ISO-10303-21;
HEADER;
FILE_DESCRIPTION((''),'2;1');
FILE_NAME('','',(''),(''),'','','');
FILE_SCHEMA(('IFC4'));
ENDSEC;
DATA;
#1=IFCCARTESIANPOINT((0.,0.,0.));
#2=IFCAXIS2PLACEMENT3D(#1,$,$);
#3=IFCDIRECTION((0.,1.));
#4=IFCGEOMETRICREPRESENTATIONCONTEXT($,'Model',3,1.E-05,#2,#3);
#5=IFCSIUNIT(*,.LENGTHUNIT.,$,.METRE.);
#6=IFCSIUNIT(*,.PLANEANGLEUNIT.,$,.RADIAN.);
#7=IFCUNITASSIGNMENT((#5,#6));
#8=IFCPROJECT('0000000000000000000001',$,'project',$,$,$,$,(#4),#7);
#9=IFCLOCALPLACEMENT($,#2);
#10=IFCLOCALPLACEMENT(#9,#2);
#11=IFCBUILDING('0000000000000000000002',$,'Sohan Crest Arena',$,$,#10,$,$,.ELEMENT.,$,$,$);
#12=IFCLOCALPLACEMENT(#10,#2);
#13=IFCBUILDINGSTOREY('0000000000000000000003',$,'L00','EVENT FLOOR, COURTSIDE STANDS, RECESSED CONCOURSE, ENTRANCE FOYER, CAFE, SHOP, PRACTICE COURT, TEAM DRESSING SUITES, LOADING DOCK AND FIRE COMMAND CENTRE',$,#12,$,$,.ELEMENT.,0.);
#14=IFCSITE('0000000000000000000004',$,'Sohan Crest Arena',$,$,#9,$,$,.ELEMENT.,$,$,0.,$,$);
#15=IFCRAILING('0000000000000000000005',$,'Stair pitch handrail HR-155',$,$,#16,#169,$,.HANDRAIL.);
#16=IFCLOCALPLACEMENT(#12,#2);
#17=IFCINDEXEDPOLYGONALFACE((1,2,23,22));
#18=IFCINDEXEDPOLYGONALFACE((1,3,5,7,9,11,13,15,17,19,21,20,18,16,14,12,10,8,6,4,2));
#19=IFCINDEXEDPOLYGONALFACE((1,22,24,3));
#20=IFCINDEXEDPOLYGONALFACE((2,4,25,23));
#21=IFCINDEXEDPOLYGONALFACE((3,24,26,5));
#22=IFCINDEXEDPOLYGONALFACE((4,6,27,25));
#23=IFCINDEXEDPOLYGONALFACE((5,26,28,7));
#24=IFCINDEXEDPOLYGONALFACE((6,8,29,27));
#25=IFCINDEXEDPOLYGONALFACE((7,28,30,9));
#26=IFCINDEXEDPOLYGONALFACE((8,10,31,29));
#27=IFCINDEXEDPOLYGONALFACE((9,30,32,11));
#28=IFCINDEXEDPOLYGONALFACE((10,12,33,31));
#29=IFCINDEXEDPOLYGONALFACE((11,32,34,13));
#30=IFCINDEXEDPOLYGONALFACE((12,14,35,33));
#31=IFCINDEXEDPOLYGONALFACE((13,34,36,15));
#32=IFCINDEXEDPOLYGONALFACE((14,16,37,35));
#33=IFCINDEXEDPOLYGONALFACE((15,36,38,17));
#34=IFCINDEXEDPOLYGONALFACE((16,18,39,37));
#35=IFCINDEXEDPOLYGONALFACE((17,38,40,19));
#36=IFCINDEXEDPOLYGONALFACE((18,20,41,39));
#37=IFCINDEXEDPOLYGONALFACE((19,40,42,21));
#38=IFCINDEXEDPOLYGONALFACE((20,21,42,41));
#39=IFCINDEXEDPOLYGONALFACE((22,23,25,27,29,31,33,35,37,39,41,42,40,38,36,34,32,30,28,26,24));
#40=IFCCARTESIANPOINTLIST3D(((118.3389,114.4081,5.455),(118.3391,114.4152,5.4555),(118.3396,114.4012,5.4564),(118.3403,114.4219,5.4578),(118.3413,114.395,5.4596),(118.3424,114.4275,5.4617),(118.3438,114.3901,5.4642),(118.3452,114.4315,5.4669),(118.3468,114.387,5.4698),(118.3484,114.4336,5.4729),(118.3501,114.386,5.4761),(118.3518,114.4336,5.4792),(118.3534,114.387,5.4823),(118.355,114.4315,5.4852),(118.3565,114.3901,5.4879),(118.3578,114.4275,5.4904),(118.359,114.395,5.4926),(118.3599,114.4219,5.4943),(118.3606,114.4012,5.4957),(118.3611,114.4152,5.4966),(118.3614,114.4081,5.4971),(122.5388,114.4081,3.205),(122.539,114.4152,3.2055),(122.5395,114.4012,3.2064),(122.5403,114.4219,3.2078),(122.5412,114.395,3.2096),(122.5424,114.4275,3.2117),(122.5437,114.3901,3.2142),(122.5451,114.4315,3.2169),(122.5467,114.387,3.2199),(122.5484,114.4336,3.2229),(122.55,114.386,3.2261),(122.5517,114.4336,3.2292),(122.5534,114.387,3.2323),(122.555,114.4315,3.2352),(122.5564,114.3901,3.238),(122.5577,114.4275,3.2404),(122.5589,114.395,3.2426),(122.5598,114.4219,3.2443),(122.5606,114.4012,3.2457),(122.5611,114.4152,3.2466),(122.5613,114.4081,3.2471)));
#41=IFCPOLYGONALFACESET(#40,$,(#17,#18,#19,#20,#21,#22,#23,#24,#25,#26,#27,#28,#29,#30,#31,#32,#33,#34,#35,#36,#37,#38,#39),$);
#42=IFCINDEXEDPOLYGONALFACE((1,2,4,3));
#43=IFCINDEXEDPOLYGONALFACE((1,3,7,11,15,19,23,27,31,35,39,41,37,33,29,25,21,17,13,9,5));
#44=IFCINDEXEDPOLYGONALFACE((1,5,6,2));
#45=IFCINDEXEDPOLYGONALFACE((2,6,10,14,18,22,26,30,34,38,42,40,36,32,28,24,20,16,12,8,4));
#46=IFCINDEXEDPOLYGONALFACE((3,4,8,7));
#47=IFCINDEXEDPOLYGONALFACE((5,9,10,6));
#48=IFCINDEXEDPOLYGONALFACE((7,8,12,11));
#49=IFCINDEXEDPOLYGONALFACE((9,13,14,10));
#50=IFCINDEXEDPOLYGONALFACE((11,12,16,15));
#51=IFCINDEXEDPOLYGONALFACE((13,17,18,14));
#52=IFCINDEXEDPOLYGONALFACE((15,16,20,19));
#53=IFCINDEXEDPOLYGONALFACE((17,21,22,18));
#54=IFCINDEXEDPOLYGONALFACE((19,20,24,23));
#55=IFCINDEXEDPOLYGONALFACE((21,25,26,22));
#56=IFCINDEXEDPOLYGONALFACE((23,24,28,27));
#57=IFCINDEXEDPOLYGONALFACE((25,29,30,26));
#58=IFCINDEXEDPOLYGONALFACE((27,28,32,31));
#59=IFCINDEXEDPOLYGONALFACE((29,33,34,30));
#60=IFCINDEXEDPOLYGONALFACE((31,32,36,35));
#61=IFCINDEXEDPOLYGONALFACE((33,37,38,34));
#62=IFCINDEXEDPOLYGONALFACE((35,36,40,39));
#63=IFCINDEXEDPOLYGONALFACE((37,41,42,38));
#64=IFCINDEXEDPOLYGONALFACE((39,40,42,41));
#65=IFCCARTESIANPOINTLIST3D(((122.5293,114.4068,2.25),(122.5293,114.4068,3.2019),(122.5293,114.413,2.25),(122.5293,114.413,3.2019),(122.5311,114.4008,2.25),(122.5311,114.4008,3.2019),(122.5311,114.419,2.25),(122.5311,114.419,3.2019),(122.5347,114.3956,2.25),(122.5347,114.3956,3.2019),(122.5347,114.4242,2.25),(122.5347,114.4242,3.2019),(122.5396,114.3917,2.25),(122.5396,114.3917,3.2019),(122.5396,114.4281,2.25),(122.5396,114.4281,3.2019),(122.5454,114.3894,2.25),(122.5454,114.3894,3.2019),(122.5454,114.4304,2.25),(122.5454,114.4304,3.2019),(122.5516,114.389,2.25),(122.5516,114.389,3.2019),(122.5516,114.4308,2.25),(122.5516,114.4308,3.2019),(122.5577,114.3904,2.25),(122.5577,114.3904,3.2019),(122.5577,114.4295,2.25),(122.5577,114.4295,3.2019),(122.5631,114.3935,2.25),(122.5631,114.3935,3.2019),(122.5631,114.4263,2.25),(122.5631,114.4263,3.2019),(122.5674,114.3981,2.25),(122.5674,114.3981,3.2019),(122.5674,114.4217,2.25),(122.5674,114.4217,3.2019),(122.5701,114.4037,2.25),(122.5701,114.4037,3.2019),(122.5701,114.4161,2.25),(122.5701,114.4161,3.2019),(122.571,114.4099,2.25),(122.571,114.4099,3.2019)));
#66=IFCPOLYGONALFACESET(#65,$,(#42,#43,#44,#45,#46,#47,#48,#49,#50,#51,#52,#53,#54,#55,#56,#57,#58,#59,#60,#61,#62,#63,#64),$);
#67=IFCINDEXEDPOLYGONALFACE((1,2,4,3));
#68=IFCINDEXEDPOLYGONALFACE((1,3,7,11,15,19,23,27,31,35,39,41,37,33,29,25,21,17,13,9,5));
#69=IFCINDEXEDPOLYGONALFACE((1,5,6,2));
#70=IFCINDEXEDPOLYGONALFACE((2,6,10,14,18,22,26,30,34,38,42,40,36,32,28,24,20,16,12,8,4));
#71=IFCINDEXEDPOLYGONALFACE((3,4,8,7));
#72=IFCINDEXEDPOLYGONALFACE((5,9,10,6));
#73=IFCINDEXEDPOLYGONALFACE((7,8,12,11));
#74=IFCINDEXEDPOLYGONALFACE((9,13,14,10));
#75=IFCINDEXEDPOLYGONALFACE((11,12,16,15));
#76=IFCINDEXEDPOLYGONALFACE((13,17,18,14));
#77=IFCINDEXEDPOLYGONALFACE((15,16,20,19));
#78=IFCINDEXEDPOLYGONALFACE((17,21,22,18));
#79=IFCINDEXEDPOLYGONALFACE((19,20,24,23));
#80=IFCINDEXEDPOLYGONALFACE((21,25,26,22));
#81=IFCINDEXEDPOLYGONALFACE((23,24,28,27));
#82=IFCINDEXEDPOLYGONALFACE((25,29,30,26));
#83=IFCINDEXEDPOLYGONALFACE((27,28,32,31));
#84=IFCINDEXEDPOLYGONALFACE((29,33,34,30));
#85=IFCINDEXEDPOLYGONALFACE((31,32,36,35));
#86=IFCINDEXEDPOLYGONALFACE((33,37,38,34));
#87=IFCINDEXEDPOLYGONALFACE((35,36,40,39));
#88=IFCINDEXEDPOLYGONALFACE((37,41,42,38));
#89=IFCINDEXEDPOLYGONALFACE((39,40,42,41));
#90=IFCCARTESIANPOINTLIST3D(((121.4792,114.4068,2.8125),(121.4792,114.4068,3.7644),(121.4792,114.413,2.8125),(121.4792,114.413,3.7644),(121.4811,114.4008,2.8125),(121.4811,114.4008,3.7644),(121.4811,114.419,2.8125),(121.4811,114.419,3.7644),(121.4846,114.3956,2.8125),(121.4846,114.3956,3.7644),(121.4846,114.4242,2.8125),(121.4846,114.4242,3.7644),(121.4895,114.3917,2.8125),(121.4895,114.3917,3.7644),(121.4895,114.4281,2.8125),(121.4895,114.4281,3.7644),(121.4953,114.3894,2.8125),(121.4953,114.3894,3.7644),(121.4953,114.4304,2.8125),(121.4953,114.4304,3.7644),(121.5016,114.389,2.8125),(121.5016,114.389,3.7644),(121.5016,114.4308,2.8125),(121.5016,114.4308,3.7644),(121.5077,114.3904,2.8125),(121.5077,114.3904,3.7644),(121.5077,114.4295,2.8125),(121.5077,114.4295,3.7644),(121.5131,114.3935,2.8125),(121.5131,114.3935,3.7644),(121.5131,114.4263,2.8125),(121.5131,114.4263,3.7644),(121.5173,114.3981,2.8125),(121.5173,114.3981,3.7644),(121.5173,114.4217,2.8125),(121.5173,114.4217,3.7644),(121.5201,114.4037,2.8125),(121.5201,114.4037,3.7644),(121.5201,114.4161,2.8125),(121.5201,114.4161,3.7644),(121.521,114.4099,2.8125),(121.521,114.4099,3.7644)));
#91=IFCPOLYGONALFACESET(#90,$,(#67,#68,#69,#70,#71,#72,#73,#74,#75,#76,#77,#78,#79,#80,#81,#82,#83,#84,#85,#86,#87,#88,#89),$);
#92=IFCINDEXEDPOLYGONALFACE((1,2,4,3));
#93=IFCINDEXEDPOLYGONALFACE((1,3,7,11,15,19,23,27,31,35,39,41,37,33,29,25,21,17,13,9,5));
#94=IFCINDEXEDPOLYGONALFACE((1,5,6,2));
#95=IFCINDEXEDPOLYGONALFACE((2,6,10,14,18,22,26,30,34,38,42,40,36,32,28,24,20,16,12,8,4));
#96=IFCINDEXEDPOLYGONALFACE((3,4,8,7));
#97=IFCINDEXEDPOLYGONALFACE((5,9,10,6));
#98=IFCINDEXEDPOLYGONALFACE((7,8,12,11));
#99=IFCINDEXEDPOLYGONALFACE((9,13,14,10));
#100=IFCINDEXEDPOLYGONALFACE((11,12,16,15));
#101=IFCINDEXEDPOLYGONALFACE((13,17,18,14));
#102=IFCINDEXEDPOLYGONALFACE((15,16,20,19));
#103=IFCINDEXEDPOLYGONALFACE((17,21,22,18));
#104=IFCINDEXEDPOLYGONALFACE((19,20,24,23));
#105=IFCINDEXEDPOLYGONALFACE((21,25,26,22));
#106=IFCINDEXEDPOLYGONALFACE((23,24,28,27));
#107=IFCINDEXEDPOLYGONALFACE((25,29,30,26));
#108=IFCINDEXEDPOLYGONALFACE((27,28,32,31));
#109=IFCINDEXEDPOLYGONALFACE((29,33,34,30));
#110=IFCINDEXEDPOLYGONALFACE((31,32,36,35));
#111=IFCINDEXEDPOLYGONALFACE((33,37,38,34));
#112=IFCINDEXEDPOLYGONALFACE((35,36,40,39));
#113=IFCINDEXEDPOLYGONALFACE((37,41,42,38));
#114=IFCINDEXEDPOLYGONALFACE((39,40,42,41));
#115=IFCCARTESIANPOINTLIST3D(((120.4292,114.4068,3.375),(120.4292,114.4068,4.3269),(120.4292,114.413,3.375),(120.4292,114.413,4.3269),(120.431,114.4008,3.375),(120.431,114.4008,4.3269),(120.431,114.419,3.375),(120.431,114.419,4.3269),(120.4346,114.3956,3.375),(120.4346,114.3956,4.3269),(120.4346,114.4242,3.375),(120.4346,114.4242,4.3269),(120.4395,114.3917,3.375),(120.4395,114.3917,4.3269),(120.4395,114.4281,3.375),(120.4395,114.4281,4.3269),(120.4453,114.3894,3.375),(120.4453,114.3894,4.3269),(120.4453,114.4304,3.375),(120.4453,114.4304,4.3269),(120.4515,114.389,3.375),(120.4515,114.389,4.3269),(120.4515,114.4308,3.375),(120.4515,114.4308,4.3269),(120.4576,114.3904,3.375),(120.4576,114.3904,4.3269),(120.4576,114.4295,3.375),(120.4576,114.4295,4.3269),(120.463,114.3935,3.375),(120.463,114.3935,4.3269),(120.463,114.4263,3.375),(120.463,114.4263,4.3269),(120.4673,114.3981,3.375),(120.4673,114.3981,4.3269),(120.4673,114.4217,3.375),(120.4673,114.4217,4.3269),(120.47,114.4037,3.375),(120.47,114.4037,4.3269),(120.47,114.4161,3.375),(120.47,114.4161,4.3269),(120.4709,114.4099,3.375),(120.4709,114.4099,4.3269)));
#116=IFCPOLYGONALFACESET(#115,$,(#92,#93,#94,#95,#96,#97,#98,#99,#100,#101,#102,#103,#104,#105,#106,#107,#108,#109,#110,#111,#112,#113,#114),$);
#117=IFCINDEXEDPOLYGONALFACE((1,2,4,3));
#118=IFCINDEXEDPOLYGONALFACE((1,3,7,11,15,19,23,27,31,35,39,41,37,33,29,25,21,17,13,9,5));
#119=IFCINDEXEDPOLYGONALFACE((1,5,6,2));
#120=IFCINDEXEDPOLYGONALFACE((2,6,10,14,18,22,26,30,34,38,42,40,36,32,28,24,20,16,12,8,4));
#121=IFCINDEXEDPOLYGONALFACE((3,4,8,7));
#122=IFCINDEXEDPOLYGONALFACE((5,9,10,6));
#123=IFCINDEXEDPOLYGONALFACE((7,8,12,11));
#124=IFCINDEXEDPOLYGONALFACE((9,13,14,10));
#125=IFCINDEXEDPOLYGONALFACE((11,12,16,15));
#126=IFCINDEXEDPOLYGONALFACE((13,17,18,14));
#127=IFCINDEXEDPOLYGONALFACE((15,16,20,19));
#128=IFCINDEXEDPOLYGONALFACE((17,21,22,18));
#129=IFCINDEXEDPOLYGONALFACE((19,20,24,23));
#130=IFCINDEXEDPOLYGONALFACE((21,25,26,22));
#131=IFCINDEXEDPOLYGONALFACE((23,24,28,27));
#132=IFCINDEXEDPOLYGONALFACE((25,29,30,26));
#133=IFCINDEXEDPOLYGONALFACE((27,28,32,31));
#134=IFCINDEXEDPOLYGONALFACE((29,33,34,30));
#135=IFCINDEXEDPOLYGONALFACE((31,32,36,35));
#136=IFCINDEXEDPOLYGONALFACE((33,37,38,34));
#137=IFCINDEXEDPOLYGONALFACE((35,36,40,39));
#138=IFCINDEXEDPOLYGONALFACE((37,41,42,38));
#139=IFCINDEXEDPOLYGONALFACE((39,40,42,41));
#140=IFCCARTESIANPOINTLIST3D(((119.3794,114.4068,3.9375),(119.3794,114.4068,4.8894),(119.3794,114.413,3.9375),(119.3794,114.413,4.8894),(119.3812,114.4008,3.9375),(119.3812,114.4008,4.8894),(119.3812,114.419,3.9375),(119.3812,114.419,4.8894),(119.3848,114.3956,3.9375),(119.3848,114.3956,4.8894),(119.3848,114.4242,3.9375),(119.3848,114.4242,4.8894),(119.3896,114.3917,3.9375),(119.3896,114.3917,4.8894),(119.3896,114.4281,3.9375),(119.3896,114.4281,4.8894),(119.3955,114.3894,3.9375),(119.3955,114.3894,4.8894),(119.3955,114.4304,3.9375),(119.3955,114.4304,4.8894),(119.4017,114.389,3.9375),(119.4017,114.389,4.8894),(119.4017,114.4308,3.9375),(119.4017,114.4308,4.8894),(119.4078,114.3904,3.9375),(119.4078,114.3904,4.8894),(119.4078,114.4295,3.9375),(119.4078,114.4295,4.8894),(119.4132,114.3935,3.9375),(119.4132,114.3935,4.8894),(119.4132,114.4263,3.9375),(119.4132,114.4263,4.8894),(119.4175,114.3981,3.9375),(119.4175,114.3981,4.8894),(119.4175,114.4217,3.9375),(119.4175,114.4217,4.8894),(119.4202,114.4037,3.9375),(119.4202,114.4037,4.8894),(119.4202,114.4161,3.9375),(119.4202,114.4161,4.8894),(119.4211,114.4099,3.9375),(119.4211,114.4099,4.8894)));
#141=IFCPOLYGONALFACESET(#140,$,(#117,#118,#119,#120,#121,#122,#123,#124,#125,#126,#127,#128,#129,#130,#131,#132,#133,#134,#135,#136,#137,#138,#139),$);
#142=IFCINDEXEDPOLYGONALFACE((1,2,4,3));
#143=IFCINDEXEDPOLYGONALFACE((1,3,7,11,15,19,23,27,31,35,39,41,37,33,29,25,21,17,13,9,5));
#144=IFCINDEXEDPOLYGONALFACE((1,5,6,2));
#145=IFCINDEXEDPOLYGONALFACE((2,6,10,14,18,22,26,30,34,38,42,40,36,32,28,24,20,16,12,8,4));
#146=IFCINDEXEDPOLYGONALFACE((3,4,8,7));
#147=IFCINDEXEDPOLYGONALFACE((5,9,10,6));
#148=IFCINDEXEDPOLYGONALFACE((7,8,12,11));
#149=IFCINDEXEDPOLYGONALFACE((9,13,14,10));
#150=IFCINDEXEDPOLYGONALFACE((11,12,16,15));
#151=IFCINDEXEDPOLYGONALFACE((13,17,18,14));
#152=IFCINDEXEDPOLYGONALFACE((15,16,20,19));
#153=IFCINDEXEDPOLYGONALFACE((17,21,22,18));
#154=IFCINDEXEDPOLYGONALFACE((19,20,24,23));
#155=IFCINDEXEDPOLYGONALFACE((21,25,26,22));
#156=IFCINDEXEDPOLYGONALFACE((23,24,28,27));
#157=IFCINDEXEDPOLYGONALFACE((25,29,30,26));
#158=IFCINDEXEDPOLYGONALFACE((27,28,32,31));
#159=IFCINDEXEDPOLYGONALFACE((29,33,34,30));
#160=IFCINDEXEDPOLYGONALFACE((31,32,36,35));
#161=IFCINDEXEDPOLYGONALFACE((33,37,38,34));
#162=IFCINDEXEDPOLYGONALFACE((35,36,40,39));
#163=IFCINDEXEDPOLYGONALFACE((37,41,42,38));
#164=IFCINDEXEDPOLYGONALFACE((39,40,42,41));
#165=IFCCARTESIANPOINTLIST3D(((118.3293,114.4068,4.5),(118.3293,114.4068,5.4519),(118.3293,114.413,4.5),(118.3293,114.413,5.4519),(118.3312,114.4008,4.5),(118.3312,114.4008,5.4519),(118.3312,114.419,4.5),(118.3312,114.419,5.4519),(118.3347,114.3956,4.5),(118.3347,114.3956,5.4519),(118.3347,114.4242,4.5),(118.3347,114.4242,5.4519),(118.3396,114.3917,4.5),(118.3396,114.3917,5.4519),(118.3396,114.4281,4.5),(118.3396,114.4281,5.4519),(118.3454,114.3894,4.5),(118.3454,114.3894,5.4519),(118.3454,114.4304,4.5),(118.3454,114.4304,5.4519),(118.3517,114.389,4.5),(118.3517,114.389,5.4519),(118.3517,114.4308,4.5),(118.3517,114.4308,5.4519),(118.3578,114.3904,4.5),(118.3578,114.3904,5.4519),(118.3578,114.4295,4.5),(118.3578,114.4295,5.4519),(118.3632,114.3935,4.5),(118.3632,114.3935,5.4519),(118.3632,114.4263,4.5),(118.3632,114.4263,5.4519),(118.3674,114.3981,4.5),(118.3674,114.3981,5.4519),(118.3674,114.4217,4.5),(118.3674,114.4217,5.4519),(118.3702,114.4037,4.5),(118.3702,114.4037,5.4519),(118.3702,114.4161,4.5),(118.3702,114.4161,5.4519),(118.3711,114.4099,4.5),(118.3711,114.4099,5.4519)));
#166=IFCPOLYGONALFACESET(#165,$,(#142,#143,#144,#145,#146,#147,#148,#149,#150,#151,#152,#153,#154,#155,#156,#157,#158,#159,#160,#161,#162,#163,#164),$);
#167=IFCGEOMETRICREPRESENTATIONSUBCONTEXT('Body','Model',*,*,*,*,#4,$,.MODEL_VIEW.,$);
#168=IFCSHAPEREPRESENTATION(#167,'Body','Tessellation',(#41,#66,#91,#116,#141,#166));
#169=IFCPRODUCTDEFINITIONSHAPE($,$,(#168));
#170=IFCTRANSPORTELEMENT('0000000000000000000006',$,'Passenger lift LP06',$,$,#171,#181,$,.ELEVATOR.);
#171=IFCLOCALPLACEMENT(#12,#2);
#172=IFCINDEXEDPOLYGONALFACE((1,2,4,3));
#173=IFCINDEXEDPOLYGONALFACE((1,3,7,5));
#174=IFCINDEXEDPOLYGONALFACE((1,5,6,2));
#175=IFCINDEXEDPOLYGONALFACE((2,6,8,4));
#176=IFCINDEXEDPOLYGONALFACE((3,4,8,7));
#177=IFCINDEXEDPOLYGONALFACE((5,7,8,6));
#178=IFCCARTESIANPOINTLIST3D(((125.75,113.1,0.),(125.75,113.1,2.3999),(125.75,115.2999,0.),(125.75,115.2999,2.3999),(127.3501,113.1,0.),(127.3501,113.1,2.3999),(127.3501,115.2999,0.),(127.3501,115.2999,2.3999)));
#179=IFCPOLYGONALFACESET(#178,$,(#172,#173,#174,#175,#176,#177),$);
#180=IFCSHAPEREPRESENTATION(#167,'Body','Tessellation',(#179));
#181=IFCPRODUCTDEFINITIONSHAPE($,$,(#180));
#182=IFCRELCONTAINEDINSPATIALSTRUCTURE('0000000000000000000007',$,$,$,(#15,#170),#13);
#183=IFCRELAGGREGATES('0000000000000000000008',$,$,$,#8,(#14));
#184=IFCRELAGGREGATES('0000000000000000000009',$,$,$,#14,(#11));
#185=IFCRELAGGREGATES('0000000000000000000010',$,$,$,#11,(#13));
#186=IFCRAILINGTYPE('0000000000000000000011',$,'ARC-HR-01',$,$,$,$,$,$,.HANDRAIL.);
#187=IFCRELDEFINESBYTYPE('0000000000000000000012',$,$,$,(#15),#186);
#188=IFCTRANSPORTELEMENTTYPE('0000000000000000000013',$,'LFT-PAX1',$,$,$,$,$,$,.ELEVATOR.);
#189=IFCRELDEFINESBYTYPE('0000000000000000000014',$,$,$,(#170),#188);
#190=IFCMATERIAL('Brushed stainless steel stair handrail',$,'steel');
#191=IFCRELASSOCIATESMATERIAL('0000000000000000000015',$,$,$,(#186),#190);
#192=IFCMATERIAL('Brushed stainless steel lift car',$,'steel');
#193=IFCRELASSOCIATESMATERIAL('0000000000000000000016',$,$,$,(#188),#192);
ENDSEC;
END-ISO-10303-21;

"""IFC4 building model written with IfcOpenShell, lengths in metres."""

from ifc_helpers import new_model, si_unit, direction, frame, origin, origin_2d, place, context, subcontext, project, spatial, rectangle, circle, extrude, material, type_object, element, save


model = new_model("IFC4")

# Units and contexts
model_context = context("Model", 3, precision=1e-05, world=origin(), true_north=direction((0.0, 1.0)))
body_context = subcontext(model_context, "Body", "Model", "MODEL_VIEW")
ifc_project = project(units=[si_unit("LENGTHUNIT", "METRE"), si_unit("PLANEANGLEUNIT", "RADIAN")], contexts=[model_context])

# Site, building, storey
site_placement = place(None, origin())
site = spatial("IfcSite", under=ifc_project, at=site_placement, Name="Sohan Crest Arena", CompositionType="ELEMENT", RefElevation=0.0)
building_placement = place(site_placement, origin())
building = spatial("IfcBuilding", under=site, at=building_placement, Name="Sohan Crest Arena", CompositionType="ELEMENT")
storey_placement = place(building_placement, origin())
storey = spatial("IfcBuildingStorey", under=building, at=storey_placement, Name="L00", Description="EVENT FLOOR, COURTSIDE STANDS, RECESSED CONCOURSE, ENTRANCE FOYER, CAFE, SHOP, PRACTICE COURT, TEAM DRESSING SUITES, LOADING DOCK AND FIRE COMMAND CENTRE", CompositionType="ELEMENT", Elevation=0.0)

# Railing
ifc_material_1 = material(Name="Brushed stainless steel stair handrail", Category="steel")
railing_type_1 = type_object("IfcRailingType", Name="ARC-HR-01", PredefinedType="HANDRAIL", material=ifc_material_1)
railing_1_placement = place(storey_placement, frame((122.55, 114.4099, 2.25)))
element("IfcRailing", 1, at=railing_1_placement, inside=storey, type_object=railing_type_1, Name="Stair pitch handrail HR-155", PredefinedType="HANDRAIL", context=body_context, shape_type="SweptSolid", body=[
    extrude(circle(Radius=0.0239, at=origin_2d()), frame((0.0, 0.0, 0.9761), z_axis=(-0.881478, 0.0, 0.472226), x_axis=(0.0, -1.0, 0.0)), (0.0, 0.0, 1.0), 4.7646),
    extrude(circle(Radius=0.021, at=origin_2d()), origin(), (0.0, 0.0, 1.0), 0.9519),
    extrude(circle(Radius=0.021, at=origin_2d()), frame((-1.05, 0.0, 0.5625)), (0.0, 0.0, 1.0), 0.9519),
    extrude(circle(Radius=0.021, at=origin_2d()), frame((-2.1001, 0.0, 1.125)), (0.0, 0.0, 1.0), 0.9519),
    extrude(circle(Radius=0.021, at=origin_2d()), frame((-3.1499, 0.0, 1.6875)), (0.0, 0.0, 1.0), 0.9519),
    extrude(circle(Radius=0.021, at=origin_2d()), frame((-4.2, 0.0, 2.25)), (0.0, 0.0, 1.0), 0.9519),
])

# Transport element
ifc_material_2 = material(Name="Brushed stainless steel lift car", Category="steel")
transport_element_type = type_object("IfcTransportElementType", Name="LFT-PAX1", PredefinedType="ELEVATOR", material=ifc_material_2)
transport_element_placement = place(storey_placement, frame((126.55, 114.2, 0.0), z_axis=(0.0, 0.0, 1.0), x_axis=(1.0, 0.0, 0.0)))
element("IfcTransportElement", 2, at=transport_element_placement, inside=storey, type_object=transport_element_type, Name="Passenger lift LP06", PredefinedType="ELEVATOR", context=body_context, shape_type="SweptSolid", body=[
    extrude(rectangle(XDim=1.6001, YDim=2.2, at=origin_2d()), origin(), (0.0, 0.0, 1.0), 2.3999),
])

save(model, "model.ifc")
